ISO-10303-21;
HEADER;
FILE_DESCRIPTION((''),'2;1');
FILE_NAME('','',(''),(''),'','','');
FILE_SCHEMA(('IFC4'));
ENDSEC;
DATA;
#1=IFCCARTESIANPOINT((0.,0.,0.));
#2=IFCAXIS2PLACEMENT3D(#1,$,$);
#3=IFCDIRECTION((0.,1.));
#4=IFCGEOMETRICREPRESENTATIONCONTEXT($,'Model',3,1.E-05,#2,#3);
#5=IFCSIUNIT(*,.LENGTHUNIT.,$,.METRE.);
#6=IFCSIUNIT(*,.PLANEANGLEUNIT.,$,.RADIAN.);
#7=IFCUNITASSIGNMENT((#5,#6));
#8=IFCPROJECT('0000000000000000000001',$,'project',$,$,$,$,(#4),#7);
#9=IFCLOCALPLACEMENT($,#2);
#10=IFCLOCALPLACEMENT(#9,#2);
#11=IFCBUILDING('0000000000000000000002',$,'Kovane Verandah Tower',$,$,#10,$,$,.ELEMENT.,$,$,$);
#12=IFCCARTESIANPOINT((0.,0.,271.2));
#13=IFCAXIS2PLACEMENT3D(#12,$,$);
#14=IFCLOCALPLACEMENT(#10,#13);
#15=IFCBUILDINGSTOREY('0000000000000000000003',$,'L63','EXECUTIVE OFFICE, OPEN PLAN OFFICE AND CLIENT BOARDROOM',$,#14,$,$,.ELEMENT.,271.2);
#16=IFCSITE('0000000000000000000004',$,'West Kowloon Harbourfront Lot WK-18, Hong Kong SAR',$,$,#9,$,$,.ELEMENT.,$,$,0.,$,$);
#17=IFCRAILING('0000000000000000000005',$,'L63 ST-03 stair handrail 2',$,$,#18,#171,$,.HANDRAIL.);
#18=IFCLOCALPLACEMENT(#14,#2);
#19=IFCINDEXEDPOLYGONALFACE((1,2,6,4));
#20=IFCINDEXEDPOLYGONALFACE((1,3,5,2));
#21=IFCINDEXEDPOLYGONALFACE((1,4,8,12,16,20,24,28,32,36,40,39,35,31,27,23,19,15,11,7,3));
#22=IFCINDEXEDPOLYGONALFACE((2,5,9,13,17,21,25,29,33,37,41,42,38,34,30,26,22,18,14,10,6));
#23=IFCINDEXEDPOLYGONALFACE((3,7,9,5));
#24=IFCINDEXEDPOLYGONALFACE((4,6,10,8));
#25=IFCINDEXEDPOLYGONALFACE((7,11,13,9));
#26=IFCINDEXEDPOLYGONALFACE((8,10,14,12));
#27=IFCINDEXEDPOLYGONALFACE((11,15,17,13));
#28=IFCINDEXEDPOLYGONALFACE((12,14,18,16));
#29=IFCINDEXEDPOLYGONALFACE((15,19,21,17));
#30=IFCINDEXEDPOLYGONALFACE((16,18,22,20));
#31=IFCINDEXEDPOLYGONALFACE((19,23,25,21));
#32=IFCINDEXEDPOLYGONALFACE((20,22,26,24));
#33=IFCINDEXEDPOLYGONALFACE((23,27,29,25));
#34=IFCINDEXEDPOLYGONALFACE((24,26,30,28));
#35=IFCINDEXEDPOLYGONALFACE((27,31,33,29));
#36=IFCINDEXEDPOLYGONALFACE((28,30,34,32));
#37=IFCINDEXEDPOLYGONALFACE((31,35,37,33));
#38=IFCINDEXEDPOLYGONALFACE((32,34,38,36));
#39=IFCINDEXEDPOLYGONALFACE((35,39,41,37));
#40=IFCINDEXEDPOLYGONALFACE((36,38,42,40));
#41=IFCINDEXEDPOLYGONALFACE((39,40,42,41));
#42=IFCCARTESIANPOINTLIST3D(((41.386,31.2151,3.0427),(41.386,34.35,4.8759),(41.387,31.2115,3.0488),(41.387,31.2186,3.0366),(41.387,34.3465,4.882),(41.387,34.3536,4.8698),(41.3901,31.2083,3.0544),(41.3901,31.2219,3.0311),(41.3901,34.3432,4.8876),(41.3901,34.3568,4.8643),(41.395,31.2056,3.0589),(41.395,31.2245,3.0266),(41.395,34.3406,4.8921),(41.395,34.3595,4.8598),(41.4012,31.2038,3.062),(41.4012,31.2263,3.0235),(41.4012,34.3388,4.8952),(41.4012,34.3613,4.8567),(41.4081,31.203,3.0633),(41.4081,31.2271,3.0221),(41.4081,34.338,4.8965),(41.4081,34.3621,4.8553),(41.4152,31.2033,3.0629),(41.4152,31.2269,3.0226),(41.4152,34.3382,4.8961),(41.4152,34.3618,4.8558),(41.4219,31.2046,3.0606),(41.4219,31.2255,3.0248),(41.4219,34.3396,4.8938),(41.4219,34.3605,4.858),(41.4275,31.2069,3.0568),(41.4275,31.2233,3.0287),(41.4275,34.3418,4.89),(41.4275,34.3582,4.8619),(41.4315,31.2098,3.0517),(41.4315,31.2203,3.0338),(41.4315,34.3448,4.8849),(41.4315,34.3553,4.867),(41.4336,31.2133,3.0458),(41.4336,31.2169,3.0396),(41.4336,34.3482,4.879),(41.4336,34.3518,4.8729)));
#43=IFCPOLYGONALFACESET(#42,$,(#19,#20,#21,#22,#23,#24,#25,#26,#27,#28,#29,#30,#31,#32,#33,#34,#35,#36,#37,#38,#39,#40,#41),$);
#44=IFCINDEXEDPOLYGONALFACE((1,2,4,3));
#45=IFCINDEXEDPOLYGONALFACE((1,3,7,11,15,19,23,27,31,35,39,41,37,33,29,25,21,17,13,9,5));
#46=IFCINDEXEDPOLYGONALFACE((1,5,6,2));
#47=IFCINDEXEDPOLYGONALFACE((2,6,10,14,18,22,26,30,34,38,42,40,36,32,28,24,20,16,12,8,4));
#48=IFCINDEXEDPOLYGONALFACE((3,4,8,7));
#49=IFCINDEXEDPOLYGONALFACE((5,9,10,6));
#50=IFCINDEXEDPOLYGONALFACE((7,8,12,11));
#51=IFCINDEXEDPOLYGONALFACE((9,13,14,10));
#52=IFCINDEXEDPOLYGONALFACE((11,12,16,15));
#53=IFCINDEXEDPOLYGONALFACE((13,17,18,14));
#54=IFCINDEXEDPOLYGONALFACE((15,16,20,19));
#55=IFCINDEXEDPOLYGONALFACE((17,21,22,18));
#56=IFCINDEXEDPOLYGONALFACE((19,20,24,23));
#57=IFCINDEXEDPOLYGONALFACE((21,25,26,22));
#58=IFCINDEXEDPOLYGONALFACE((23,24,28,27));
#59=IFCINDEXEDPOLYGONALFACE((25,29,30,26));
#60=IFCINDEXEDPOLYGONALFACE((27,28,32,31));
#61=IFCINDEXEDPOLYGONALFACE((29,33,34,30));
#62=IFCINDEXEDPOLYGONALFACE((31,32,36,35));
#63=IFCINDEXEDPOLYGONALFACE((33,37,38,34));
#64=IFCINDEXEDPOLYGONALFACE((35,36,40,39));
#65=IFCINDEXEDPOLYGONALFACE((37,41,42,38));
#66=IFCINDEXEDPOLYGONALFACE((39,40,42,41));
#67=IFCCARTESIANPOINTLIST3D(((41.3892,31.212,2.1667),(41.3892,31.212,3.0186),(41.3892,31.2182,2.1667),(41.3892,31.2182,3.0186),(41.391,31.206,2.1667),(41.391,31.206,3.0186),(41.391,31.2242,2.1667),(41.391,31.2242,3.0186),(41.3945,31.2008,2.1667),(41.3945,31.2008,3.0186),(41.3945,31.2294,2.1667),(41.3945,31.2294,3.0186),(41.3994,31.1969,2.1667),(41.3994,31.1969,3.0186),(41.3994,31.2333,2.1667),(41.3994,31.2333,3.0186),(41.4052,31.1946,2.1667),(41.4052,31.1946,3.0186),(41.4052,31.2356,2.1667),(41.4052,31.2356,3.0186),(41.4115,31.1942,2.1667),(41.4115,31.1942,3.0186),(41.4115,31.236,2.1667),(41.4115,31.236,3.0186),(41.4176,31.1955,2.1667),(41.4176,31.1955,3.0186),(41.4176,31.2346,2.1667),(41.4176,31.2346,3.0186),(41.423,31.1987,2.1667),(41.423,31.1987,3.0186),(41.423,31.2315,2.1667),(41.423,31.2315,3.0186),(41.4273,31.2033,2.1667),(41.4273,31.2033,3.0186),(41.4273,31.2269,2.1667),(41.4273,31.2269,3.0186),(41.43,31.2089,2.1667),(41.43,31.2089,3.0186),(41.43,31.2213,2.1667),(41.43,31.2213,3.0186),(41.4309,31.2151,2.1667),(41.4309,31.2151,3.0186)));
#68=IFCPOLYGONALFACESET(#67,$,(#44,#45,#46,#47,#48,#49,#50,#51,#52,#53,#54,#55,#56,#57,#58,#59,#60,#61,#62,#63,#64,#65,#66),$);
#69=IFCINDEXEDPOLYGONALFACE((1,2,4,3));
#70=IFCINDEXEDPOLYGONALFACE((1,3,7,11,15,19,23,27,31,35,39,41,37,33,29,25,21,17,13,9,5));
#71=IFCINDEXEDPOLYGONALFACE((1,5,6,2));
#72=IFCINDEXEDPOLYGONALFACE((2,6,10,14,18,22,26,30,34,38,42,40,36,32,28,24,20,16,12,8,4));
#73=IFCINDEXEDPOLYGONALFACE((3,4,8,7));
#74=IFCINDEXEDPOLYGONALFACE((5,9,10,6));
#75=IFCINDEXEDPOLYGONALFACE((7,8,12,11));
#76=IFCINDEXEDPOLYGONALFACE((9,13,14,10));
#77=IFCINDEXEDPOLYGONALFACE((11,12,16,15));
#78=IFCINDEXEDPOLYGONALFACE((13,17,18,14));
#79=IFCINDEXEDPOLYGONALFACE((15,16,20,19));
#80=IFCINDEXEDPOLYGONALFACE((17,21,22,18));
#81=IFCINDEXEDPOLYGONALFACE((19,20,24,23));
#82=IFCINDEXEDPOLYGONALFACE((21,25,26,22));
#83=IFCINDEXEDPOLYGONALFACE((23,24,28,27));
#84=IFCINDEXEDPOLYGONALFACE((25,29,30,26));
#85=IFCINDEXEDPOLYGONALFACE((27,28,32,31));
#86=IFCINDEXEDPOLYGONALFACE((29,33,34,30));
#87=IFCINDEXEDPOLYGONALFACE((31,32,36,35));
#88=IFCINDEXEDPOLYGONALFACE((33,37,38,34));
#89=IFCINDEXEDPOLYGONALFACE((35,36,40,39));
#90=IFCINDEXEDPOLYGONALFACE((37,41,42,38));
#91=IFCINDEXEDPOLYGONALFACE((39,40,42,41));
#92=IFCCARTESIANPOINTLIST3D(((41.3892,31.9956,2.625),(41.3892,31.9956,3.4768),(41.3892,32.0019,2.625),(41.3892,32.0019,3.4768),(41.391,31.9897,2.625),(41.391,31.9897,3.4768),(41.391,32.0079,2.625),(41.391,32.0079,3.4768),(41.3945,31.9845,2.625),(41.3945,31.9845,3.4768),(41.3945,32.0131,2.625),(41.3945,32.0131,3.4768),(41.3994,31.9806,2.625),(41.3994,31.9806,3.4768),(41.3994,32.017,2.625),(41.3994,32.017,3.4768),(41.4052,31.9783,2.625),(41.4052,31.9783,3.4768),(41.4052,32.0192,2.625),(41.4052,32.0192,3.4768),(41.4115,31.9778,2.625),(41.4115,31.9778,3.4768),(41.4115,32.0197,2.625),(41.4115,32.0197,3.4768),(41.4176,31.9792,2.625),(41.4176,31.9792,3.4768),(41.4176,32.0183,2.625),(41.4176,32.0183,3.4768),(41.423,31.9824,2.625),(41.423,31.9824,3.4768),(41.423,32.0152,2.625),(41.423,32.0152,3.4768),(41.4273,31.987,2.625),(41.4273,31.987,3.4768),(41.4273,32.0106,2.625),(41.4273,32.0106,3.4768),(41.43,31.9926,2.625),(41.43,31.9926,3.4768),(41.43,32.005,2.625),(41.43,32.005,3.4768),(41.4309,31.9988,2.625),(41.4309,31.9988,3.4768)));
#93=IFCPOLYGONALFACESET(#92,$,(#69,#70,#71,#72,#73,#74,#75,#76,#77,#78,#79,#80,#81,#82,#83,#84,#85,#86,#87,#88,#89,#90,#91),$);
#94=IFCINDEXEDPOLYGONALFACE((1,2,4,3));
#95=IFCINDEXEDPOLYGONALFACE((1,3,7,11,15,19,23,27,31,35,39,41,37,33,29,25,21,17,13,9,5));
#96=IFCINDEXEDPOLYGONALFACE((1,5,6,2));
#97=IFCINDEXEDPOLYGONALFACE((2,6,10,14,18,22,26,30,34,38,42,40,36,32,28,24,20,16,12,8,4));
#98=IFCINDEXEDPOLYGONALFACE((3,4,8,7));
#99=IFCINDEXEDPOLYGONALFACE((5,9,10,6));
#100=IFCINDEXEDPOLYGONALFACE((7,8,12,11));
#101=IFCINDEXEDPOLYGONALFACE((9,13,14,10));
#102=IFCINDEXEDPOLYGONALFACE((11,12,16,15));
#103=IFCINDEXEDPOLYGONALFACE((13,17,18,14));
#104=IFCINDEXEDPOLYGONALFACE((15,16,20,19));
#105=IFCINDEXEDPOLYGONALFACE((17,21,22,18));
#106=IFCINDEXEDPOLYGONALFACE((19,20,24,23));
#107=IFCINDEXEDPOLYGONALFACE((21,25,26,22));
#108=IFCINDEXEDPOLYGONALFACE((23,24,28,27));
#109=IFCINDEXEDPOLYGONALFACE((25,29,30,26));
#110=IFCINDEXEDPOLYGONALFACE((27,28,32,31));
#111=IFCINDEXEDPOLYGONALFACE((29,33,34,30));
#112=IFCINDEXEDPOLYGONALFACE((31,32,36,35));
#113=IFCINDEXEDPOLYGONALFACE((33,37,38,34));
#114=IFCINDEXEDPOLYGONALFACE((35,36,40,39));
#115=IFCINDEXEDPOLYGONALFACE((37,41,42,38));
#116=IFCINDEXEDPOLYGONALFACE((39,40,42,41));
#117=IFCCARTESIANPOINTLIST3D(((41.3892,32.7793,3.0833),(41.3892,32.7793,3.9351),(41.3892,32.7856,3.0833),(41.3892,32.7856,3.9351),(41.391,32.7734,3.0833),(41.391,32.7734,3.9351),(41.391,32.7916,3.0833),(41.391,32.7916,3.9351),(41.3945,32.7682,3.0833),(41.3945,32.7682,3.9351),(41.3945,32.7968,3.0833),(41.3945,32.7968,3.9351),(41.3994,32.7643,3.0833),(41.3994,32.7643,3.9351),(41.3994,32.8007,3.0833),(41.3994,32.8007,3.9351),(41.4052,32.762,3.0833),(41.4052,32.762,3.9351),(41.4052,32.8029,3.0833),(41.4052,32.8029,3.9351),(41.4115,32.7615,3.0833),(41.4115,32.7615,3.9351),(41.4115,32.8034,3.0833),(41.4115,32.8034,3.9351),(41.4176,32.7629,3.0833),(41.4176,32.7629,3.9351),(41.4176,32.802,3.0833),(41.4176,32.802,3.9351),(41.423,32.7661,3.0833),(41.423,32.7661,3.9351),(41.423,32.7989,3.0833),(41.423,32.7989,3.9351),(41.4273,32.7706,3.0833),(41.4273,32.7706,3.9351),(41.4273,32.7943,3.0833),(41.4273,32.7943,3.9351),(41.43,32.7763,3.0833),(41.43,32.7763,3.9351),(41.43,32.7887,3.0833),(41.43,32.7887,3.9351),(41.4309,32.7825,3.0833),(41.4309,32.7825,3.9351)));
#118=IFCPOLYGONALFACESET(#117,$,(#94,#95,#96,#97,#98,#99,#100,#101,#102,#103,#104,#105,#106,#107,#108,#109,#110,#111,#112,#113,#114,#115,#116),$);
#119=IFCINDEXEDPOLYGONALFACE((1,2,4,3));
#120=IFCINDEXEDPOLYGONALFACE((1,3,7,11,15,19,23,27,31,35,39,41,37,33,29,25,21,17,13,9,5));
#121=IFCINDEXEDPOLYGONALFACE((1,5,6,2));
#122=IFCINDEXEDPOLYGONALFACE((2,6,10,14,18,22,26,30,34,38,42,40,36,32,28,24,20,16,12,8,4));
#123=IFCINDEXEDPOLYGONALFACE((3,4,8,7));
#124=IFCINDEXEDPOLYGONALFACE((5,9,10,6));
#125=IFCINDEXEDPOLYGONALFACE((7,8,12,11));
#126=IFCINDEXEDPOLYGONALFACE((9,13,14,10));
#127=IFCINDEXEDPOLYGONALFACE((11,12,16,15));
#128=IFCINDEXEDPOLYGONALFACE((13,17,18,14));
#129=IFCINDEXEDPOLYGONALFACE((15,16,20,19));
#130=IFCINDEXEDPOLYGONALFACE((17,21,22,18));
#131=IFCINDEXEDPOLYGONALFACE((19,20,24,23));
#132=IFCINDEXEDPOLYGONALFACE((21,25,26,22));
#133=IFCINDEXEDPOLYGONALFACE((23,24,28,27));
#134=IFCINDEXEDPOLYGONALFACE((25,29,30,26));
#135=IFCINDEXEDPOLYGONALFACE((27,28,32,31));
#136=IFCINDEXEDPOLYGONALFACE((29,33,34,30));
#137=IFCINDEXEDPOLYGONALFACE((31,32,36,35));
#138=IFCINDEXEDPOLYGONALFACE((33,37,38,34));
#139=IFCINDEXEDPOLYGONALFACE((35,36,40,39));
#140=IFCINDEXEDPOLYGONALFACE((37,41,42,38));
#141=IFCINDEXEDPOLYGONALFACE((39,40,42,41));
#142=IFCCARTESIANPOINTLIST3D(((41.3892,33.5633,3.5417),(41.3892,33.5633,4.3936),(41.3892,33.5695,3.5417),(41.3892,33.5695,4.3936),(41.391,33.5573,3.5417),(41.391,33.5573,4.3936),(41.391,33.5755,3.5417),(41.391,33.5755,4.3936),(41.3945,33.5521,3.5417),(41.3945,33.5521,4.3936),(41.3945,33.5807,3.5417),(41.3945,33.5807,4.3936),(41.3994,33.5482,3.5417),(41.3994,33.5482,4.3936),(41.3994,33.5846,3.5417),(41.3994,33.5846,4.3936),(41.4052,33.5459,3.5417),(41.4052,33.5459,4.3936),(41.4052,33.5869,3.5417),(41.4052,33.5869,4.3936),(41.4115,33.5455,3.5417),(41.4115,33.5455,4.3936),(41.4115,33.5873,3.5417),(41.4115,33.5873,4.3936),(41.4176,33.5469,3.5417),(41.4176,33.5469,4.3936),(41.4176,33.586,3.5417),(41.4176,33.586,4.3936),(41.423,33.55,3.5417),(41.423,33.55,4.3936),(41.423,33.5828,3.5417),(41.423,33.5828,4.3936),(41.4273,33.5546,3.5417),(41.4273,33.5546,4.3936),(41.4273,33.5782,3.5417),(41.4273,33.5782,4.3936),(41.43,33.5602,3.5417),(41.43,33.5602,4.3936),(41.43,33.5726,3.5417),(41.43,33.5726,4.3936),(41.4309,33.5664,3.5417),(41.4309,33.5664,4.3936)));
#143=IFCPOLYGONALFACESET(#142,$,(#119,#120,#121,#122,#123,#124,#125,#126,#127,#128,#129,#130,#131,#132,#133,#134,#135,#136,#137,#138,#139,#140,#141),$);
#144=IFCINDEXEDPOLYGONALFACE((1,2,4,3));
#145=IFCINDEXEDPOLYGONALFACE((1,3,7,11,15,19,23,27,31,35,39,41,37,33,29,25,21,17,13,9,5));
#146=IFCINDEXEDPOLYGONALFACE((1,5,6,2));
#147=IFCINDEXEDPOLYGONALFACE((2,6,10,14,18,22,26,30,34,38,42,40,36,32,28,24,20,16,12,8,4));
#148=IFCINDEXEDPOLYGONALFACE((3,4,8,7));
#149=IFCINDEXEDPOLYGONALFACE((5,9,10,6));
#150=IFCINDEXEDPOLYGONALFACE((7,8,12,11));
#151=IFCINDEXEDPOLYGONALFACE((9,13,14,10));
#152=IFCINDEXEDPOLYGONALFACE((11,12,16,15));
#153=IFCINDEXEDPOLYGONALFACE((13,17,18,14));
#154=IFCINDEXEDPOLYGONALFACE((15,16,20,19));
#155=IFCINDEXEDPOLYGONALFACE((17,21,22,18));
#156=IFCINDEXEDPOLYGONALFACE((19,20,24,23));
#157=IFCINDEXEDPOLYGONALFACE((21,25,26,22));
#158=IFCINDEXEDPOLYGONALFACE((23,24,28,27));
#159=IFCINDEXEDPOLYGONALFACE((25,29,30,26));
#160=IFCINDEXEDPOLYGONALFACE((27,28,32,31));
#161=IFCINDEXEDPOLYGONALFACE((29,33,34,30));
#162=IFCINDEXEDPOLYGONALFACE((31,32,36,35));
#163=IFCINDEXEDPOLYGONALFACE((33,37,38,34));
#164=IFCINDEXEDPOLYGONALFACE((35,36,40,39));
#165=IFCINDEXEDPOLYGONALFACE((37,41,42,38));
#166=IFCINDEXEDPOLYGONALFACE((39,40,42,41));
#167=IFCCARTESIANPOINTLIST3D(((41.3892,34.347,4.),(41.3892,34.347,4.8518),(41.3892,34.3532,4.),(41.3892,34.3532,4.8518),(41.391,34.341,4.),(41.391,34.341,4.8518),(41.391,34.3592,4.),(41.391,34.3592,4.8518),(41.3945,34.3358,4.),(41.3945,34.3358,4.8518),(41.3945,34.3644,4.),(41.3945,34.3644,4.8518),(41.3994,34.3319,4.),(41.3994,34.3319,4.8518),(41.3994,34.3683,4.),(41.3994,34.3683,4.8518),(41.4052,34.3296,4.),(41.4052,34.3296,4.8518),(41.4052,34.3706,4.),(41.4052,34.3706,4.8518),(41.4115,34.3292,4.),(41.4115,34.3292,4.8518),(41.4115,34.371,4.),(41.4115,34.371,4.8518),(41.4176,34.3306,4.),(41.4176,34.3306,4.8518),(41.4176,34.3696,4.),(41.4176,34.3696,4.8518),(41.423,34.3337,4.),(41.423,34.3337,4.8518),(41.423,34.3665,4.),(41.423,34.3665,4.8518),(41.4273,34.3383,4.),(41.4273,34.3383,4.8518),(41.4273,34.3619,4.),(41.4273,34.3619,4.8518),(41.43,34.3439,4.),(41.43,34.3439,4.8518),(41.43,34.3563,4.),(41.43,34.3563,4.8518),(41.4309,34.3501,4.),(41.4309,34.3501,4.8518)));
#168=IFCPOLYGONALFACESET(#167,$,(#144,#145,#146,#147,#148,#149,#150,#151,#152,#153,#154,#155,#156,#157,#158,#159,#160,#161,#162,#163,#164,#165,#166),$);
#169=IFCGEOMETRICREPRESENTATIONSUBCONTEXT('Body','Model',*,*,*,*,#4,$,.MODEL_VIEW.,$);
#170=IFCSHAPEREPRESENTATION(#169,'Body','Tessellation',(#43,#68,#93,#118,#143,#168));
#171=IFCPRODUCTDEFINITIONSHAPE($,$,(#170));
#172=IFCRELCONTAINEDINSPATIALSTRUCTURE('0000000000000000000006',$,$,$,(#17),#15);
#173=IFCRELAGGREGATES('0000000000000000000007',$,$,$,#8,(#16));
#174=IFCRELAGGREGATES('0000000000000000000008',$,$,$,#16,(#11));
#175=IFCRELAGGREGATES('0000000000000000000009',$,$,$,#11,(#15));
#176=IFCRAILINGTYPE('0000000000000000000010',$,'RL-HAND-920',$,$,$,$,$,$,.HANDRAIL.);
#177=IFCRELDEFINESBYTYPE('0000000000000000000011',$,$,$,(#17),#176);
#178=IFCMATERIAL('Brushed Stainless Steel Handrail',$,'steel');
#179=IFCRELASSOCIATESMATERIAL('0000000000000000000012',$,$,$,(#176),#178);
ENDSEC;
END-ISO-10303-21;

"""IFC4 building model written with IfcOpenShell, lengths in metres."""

from ifc_helpers import new_model, si_unit, direction, frame, origin, origin_2d, place, context, subcontext, project, spatial, circle, extrude, material, type_object, element, save


model = new_model("IFC4")

# Units and contexts
model_context = context("Model", 3, precision=1e-05, world=origin(), true_north=direction((0.0, 1.0)))
body_context = subcontext(model_context, "Body", "Model", "MODEL_VIEW")
ifc_project = project(units=[si_unit("LENGTHUNIT", "METRE"), si_unit("PLANEANGLEUNIT", "RADIAN")], contexts=[model_context])

# Site, building, storey
site_placement = place(None, origin())
site = spatial("IfcSite", under=ifc_project, at=site_placement, Name="West Kowloon Harbourfront Lot WK-18, Hong Kong SAR", CompositionType="ELEMENT", RefElevation=0.0)
building_placement = place(site_placement, origin())
building = spatial("IfcBuilding", under=site, at=building_placement, Name="Kovane Verandah Tower", CompositionType="ELEMENT")
storey_placement = place(building_placement, frame((0.0, 0.0, 271.2)))
storey = spatial("IfcBuildingStorey", under=building, at=storey_placement, Name="L63", Description="EXECUTIVE OFFICE, OPEN PLAN OFFICE AND CLIENT BOARDROOM", CompositionType="ELEMENT", Elevation=271.2)

# Railing
ifc_material_1 = material(Name="Brushed Stainless Steel Handrail", Category="steel")
railing_type_1 = type_object("IfcRailingType", Name="RL-HAND-920", PredefinedType="HANDRAIL", material=ifc_material_1)
railing_1_placement = place(storey_placement, frame((41.4099, 31.2151, 2.1667)))
element("IfcRailing", 1, at=railing_1_placement, inside=storey, type_object=railing_type_1, Name="L63 ST-03 stair handrail 2", PredefinedType="HANDRAIL", context=body_context, shape_type="SweptSolid", body=[
    extrude(circle(Radius=0.0239, at=origin_2d()), frame((0.0, 0.0, 0.876), z_axis=(0.0, 0.86324, 0.504794), x_axis=(-1.0, 0.0, 0.0)), (0.0, 0.0, 1.0), 3.6316),
    extrude(circle(Radius=0.021, at=origin_2d()), origin(), (0.0, 0.0, 1.0), 0.8518),
    extrude(circle(Radius=0.021, at=origin_2d()), frame((0.0, 0.7837, 0.4583)), (0.0, 0.0, 1.0), 0.8518),
    extrude(circle(Radius=0.021, at=origin_2d()), frame((0.0, 1.5674, 0.9165)), (0.0, 0.0, 1.0), 0.8518),
    extrude(circle(Radius=0.021, at=origin_2d()), frame((0.0, 2.3513, 1.375)), (0.0, 0.0, 1.0), 0.8518),
    extrude(circle(Radius=0.021, at=origin_2d()), frame((0.0, 3.135, 1.8333)), (0.0, 0.0, 1.0), 0.8518),
])

save(model, "model.ifc")
